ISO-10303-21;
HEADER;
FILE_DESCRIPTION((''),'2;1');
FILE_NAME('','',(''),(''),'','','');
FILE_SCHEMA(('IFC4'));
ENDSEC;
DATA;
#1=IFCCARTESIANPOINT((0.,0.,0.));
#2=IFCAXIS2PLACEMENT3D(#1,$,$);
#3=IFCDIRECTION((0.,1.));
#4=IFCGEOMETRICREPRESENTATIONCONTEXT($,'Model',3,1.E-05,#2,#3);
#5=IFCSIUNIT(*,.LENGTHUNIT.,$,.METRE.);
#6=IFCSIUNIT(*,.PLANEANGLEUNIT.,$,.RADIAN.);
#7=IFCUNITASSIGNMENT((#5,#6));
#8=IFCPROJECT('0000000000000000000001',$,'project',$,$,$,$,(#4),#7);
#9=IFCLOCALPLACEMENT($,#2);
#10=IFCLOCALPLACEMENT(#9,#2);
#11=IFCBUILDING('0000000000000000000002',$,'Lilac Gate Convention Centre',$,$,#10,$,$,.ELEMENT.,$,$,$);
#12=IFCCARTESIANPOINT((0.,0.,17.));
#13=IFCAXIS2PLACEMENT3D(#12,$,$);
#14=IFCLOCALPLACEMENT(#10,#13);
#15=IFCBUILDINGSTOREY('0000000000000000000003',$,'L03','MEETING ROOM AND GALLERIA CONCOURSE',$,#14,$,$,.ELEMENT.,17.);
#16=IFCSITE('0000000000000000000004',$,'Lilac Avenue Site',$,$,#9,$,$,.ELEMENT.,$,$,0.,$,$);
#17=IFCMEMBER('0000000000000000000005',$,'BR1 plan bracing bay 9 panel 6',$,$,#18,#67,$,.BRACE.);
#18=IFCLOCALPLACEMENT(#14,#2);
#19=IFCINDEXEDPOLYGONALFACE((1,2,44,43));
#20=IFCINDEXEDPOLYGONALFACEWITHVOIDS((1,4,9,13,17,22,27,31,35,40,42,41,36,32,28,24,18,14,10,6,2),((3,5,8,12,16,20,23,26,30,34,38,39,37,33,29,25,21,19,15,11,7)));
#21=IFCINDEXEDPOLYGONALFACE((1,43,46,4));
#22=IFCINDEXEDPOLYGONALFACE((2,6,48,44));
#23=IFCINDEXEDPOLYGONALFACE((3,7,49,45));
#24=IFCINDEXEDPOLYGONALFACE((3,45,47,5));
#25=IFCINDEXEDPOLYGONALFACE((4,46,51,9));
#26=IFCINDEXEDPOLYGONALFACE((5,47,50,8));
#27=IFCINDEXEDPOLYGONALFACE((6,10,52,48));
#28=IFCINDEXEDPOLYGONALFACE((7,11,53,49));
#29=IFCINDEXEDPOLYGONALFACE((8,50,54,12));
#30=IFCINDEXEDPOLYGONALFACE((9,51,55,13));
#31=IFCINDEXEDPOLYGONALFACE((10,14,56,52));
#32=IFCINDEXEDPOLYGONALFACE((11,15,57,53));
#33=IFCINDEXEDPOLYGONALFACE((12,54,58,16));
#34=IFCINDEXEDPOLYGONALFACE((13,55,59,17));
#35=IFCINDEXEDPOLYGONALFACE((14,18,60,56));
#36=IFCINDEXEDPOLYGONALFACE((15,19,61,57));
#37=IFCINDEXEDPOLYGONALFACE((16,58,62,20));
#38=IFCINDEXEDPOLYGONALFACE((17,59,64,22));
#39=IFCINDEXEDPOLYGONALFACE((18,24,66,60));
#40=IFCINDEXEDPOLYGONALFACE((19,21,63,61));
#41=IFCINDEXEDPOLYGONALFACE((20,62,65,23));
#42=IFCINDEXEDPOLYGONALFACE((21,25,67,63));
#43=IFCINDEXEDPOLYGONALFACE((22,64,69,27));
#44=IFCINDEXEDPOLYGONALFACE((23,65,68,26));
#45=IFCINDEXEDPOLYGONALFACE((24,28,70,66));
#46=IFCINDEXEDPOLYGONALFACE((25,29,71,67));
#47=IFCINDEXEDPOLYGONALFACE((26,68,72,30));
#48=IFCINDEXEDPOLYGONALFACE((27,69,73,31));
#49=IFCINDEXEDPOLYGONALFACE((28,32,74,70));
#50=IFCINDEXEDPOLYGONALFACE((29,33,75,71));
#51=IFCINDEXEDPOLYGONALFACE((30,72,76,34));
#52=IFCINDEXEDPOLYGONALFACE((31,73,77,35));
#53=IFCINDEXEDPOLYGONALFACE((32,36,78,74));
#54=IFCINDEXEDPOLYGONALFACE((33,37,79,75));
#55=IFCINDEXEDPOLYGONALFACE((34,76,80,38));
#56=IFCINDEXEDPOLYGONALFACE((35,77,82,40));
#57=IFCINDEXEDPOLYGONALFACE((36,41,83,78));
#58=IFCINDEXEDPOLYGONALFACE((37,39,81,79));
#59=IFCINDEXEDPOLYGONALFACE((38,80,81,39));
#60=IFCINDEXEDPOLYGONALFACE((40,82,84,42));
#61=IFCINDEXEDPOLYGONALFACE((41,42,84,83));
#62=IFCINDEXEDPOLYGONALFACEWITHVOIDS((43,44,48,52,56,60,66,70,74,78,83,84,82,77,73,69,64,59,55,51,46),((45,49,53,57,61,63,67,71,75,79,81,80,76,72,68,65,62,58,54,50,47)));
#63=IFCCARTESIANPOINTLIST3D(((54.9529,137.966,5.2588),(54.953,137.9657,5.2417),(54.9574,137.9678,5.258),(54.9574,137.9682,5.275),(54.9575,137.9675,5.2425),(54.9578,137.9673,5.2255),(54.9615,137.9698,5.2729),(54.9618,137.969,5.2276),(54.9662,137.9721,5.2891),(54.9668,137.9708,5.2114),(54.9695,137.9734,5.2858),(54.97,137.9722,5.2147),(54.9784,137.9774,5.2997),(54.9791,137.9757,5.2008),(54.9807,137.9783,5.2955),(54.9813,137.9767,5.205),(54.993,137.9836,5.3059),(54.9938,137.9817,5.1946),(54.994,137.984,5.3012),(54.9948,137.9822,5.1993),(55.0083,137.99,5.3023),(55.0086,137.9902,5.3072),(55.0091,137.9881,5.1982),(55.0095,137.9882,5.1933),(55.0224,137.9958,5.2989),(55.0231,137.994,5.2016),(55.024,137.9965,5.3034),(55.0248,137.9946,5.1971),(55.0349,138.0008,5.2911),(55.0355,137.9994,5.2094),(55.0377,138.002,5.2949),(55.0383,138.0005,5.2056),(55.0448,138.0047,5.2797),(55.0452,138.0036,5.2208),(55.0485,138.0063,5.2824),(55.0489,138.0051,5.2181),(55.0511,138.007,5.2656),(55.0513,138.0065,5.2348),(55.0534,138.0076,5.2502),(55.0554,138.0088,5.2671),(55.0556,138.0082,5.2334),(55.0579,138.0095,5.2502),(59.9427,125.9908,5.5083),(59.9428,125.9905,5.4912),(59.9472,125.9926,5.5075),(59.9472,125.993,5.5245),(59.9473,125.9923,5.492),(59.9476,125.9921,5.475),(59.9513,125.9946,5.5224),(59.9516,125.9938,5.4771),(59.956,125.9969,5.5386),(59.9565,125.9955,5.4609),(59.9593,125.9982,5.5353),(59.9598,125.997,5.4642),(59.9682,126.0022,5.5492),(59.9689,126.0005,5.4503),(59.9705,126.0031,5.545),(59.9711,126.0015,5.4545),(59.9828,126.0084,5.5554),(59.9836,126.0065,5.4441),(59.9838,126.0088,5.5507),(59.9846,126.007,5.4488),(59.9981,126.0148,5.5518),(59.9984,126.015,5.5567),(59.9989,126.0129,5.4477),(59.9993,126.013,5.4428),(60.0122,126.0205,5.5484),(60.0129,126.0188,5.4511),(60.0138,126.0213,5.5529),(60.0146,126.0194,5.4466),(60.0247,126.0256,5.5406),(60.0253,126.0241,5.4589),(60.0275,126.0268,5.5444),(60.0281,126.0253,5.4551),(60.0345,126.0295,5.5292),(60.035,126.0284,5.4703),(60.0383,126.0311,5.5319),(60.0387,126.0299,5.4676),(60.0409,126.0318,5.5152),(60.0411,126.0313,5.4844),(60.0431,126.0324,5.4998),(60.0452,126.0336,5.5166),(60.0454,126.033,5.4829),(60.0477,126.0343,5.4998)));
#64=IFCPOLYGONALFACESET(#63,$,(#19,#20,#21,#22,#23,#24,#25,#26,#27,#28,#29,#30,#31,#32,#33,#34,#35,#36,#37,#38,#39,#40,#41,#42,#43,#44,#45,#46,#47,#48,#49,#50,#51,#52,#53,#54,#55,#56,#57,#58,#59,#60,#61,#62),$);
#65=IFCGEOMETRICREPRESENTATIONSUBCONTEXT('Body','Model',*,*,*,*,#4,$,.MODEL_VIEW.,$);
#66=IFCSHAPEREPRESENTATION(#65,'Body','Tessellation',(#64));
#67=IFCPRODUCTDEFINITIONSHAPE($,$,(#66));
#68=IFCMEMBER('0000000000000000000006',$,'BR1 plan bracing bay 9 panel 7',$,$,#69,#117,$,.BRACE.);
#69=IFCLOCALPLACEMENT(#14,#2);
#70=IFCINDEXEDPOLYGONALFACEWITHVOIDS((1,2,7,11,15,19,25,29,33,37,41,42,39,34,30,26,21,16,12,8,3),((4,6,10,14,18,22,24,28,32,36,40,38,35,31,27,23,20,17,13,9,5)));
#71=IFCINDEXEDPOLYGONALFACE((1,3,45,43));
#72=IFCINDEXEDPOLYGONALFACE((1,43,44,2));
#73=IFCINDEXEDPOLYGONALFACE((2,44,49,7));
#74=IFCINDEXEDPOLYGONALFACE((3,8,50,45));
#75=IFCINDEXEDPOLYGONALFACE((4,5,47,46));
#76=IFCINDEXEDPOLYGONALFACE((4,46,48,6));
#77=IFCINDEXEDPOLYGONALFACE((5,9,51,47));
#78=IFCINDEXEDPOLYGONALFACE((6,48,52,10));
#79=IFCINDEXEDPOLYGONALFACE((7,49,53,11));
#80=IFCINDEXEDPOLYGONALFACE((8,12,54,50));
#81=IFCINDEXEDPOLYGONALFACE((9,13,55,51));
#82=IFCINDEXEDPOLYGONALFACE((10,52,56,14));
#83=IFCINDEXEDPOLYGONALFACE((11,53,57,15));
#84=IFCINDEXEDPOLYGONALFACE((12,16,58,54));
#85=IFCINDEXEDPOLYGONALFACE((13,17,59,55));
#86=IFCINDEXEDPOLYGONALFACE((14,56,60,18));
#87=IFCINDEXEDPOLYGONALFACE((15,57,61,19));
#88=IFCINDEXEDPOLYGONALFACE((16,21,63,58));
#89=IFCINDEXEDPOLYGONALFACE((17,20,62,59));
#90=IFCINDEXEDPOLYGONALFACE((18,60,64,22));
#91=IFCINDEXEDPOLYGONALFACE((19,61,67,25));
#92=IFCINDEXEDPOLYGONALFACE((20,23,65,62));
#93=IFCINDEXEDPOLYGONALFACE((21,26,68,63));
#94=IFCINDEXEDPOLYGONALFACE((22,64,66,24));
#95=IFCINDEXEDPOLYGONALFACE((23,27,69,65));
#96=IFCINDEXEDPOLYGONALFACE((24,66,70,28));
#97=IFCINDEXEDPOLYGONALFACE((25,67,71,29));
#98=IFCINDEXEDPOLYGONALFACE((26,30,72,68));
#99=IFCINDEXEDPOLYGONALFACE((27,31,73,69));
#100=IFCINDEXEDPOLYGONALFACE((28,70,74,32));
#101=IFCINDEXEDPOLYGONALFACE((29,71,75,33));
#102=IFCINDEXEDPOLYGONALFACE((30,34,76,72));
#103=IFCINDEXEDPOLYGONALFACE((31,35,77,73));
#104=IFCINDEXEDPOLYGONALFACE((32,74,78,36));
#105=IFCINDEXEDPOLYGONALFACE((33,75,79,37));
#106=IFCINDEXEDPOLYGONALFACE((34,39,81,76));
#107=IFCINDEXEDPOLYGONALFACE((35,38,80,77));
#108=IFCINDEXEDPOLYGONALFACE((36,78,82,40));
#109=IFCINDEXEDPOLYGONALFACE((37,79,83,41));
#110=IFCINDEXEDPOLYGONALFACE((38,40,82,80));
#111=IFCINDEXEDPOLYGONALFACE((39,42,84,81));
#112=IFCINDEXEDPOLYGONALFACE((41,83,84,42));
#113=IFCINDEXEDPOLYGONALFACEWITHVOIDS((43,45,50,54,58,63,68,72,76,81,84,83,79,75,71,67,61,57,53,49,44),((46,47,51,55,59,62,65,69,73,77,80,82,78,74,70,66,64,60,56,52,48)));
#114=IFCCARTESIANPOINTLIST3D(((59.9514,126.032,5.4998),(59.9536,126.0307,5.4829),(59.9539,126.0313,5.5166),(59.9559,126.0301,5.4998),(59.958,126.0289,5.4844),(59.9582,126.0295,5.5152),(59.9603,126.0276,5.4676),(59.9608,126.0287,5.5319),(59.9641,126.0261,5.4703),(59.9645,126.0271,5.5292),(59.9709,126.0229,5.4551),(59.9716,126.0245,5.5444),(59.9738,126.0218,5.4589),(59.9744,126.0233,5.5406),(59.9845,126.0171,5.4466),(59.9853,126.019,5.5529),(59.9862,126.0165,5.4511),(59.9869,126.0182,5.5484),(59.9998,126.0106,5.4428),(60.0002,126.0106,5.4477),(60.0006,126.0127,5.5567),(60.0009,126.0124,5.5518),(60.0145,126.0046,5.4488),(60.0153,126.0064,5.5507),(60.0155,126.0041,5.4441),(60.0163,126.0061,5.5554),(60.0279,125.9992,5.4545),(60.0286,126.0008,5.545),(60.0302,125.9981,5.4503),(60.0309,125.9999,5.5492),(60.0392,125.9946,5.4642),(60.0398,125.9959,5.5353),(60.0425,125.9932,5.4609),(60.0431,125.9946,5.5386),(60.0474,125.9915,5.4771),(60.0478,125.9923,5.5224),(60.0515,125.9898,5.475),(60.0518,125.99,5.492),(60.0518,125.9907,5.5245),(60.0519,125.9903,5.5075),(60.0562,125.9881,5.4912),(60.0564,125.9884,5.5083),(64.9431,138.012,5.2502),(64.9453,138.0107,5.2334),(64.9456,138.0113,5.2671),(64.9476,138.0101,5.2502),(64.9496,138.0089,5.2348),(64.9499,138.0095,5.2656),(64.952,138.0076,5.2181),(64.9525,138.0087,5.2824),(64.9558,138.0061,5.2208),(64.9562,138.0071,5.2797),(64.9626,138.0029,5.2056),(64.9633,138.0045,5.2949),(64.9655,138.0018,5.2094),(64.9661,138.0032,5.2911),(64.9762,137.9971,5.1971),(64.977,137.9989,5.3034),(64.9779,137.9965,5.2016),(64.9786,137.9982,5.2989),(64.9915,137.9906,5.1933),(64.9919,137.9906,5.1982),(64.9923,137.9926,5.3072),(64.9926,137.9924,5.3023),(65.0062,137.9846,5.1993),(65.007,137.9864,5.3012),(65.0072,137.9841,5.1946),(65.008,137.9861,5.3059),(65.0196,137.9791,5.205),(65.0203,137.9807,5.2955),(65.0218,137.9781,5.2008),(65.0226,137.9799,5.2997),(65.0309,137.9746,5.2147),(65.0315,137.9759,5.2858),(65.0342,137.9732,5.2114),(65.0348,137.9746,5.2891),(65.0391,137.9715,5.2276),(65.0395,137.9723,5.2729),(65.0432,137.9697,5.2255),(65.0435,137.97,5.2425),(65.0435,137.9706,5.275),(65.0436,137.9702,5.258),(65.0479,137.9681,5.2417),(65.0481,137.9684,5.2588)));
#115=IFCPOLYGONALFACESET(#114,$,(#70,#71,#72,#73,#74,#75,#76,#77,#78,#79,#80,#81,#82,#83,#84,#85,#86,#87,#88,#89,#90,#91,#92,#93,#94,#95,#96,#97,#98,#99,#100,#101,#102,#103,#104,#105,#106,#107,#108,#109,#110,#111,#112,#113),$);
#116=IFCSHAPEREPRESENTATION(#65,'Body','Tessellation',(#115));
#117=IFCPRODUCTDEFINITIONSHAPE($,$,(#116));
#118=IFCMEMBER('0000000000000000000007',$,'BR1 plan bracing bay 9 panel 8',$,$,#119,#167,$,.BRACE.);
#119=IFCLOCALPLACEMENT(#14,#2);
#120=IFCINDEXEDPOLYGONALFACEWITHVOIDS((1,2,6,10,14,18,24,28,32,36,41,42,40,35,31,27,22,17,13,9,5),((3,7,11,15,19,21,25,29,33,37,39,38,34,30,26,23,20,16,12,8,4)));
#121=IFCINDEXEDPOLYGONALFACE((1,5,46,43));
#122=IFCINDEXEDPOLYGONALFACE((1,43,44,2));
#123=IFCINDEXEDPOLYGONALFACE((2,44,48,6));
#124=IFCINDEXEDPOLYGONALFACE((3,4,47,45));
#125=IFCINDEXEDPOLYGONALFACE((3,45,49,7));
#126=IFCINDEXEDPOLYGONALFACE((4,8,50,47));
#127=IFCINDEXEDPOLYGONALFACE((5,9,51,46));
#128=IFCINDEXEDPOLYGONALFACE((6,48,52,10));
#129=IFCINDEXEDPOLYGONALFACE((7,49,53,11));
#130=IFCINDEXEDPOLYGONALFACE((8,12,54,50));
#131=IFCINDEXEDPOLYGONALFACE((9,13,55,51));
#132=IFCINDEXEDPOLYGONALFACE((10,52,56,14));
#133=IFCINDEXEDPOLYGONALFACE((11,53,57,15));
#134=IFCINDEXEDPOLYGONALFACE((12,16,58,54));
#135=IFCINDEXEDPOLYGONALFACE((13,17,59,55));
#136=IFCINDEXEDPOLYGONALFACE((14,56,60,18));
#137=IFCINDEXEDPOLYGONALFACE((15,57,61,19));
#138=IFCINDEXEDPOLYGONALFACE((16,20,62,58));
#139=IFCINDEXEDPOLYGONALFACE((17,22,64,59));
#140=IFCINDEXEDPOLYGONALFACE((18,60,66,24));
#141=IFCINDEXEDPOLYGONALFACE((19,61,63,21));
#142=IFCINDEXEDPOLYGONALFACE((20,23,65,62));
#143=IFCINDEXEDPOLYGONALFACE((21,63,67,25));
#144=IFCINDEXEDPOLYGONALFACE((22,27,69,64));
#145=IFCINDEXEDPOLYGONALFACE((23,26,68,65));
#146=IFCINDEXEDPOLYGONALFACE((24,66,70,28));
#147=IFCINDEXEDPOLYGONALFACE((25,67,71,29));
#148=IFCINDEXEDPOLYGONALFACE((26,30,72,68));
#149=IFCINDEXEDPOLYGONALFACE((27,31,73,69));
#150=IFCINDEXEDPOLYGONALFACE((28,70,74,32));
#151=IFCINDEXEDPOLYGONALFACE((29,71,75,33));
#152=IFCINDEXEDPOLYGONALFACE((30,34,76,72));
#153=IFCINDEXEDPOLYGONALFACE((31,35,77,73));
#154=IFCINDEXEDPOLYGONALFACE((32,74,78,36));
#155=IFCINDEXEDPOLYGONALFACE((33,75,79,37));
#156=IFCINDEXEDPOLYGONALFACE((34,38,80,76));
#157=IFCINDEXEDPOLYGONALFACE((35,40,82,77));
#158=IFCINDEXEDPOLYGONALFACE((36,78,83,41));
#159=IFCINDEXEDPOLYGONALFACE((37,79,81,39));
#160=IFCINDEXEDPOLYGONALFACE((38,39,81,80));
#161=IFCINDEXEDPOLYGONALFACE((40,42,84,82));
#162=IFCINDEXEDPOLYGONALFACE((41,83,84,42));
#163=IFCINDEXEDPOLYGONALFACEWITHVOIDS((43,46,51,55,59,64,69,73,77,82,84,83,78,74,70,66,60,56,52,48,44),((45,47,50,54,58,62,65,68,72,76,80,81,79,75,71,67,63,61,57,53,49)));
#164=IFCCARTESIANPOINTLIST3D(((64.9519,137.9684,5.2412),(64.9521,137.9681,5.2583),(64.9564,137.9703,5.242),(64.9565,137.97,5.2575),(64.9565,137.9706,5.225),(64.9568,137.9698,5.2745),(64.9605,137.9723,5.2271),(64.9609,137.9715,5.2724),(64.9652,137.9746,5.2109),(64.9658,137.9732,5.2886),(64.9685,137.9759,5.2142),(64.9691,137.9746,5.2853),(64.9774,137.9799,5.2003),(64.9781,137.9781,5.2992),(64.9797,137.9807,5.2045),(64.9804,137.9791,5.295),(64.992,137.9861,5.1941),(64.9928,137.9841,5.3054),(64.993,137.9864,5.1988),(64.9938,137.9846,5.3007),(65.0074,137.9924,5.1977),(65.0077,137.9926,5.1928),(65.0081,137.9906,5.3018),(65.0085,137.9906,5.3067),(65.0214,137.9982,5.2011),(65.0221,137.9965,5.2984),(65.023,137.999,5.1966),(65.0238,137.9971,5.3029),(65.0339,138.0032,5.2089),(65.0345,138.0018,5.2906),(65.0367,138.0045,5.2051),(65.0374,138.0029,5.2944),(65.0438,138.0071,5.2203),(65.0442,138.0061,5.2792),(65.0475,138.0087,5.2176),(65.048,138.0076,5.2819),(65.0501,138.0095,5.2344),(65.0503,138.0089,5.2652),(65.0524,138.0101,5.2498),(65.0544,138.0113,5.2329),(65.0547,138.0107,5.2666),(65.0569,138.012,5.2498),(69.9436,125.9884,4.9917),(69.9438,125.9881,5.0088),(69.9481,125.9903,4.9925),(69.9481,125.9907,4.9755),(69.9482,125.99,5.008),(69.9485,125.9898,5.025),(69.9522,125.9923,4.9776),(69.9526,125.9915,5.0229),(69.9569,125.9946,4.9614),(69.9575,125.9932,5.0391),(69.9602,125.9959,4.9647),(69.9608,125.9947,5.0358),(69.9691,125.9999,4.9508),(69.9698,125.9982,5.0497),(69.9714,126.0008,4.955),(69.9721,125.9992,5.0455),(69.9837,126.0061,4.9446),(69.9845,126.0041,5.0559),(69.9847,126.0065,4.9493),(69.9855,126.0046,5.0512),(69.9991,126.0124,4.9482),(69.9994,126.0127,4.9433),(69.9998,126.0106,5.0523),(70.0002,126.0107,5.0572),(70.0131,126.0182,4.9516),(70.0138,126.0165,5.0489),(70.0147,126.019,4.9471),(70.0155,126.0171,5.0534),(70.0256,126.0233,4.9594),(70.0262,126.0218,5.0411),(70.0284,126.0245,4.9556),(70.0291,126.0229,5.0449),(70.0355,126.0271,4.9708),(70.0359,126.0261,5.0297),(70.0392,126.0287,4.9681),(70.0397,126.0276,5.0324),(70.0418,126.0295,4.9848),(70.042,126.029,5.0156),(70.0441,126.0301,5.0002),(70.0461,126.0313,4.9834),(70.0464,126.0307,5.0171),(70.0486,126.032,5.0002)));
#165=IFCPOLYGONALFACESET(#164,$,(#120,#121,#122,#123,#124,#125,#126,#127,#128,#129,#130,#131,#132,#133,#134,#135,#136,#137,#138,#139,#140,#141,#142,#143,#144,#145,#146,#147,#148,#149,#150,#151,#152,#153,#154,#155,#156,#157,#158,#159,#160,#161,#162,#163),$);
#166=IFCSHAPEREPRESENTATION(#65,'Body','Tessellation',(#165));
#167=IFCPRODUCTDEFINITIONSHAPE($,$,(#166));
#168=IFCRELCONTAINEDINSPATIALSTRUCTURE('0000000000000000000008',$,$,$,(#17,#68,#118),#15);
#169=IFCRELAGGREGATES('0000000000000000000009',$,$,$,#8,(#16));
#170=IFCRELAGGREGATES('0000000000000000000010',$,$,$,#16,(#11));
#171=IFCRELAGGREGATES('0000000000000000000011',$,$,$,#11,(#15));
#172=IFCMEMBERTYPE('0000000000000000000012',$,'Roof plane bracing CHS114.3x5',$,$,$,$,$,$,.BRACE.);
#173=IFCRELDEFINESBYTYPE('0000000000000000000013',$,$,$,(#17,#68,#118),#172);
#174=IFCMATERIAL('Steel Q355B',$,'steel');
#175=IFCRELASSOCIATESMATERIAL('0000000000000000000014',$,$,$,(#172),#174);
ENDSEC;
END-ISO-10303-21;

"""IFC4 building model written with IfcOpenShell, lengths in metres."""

from ifc_helpers import new_model, si_unit, direction, frame, origin, origin_2d, place, context, subcontext, project, spatial, hollow_circle, extrude, material, material_profile, profile_set, type_object, element, save


model = new_model("IFC4")

# Units and contexts
model_context = context("Model", 3, precision=1e-05, world=origin(), true_north=direction((0.0, 1.0)))
body_context = subcontext(model_context, "Body", "Model", "MODEL_VIEW")
ifc_project = project(units=[si_unit("LENGTHUNIT", "METRE"), si_unit("PLANEANGLEUNIT", "RADIAN")], contexts=[model_context])

# Site, building, storey
site_placement = place(None, origin())
site = spatial("IfcSite", under=ifc_project, at=site_placement, Name="Lilac Avenue Site", CompositionType="ELEMENT", RefElevation=0.0)
building_placement = place(site_placement, origin())
building = spatial("IfcBuilding", under=site, at=building_placement, Name="Lilac Gate Convention Centre", CompositionType="ELEMENT")
storey_placement = place(building_placement, frame((0.0, 0.0, 17.0)))
storey = spatial("IfcBuildingStorey", under=building, at=storey_placement, Name="L03", Description="MEETING ROOM AND GALLERIA CONCOURSE", CompositionType="ELEMENT", Elevation=17.0)

# Members
ifc_material = material(Name="Steel Q355B", Category="steel")
ifc_material_profile_1 = material_profile(ifc_material, hollow_circle(Radius=0.0571, WallThickness=0.0049, at=origin_2d()), Name="CHS114.3x5")
ifc_profile_set_1 = profile_set([ifc_material_profile_1], Name="Steel Q355B")
member_type_1 = type_object("IfcMemberType", Name="Roof plane bracing CHS114.3x5", PredefinedType="BRACE", material=ifc_profile_set_1)
member_1_placement = place(storey_placement, frame((55.0051, 137.9875, 5.2502), z_axis=(0.384552, -0.922903, 0.019229), x_axis=(0.923074, 0.384623, 0.0)))
element("IfcMember", 1, at=member_1_placement, inside=storey, type_object=member_type_1, Name="BR1 plan bracing bay 9 panel 6", PredefinedType="BRACE", context=body_context, shape_type="SweptSolid", body=[
    extrude(hollow_circle(Radius=0.0571, WallThickness=0.0049, at=origin_2d()), origin(), (0.0, 0.0, 1.0), 12.9756),
])
for number, where, z_axis, x_axis, name in (
    (2, (60.0042, 126.01, 5.4998), (0.384547, 0.922905, -0.019222), (-0.923076, 0.384618, 0.0), "BR1 plan bracing bay 9 panel 7"),
    (3, (65.0042, 137.99, 5.2498), (0.384547, -0.922905, -0.019222), (0.923076, 0.384618, 0.0), "BR1 plan bracing bay 9 panel 8"),
):
    element("IfcMember", number, at=place(storey_placement, frame(where, z_axis=z_axis, x_axis=x_axis)), inside=storey, type_object=member_type_1, Name=name, PredefinedType="BRACE", context=body_context, shape_type="SweptSolid", body=[
        extrude(hollow_circle(Radius=0.0571, WallThickness=0.0049, at=origin_2d()), origin(), (0.0, 0.0, 1.0), 12.9807),
    ])

save(model, "model.ifc")
